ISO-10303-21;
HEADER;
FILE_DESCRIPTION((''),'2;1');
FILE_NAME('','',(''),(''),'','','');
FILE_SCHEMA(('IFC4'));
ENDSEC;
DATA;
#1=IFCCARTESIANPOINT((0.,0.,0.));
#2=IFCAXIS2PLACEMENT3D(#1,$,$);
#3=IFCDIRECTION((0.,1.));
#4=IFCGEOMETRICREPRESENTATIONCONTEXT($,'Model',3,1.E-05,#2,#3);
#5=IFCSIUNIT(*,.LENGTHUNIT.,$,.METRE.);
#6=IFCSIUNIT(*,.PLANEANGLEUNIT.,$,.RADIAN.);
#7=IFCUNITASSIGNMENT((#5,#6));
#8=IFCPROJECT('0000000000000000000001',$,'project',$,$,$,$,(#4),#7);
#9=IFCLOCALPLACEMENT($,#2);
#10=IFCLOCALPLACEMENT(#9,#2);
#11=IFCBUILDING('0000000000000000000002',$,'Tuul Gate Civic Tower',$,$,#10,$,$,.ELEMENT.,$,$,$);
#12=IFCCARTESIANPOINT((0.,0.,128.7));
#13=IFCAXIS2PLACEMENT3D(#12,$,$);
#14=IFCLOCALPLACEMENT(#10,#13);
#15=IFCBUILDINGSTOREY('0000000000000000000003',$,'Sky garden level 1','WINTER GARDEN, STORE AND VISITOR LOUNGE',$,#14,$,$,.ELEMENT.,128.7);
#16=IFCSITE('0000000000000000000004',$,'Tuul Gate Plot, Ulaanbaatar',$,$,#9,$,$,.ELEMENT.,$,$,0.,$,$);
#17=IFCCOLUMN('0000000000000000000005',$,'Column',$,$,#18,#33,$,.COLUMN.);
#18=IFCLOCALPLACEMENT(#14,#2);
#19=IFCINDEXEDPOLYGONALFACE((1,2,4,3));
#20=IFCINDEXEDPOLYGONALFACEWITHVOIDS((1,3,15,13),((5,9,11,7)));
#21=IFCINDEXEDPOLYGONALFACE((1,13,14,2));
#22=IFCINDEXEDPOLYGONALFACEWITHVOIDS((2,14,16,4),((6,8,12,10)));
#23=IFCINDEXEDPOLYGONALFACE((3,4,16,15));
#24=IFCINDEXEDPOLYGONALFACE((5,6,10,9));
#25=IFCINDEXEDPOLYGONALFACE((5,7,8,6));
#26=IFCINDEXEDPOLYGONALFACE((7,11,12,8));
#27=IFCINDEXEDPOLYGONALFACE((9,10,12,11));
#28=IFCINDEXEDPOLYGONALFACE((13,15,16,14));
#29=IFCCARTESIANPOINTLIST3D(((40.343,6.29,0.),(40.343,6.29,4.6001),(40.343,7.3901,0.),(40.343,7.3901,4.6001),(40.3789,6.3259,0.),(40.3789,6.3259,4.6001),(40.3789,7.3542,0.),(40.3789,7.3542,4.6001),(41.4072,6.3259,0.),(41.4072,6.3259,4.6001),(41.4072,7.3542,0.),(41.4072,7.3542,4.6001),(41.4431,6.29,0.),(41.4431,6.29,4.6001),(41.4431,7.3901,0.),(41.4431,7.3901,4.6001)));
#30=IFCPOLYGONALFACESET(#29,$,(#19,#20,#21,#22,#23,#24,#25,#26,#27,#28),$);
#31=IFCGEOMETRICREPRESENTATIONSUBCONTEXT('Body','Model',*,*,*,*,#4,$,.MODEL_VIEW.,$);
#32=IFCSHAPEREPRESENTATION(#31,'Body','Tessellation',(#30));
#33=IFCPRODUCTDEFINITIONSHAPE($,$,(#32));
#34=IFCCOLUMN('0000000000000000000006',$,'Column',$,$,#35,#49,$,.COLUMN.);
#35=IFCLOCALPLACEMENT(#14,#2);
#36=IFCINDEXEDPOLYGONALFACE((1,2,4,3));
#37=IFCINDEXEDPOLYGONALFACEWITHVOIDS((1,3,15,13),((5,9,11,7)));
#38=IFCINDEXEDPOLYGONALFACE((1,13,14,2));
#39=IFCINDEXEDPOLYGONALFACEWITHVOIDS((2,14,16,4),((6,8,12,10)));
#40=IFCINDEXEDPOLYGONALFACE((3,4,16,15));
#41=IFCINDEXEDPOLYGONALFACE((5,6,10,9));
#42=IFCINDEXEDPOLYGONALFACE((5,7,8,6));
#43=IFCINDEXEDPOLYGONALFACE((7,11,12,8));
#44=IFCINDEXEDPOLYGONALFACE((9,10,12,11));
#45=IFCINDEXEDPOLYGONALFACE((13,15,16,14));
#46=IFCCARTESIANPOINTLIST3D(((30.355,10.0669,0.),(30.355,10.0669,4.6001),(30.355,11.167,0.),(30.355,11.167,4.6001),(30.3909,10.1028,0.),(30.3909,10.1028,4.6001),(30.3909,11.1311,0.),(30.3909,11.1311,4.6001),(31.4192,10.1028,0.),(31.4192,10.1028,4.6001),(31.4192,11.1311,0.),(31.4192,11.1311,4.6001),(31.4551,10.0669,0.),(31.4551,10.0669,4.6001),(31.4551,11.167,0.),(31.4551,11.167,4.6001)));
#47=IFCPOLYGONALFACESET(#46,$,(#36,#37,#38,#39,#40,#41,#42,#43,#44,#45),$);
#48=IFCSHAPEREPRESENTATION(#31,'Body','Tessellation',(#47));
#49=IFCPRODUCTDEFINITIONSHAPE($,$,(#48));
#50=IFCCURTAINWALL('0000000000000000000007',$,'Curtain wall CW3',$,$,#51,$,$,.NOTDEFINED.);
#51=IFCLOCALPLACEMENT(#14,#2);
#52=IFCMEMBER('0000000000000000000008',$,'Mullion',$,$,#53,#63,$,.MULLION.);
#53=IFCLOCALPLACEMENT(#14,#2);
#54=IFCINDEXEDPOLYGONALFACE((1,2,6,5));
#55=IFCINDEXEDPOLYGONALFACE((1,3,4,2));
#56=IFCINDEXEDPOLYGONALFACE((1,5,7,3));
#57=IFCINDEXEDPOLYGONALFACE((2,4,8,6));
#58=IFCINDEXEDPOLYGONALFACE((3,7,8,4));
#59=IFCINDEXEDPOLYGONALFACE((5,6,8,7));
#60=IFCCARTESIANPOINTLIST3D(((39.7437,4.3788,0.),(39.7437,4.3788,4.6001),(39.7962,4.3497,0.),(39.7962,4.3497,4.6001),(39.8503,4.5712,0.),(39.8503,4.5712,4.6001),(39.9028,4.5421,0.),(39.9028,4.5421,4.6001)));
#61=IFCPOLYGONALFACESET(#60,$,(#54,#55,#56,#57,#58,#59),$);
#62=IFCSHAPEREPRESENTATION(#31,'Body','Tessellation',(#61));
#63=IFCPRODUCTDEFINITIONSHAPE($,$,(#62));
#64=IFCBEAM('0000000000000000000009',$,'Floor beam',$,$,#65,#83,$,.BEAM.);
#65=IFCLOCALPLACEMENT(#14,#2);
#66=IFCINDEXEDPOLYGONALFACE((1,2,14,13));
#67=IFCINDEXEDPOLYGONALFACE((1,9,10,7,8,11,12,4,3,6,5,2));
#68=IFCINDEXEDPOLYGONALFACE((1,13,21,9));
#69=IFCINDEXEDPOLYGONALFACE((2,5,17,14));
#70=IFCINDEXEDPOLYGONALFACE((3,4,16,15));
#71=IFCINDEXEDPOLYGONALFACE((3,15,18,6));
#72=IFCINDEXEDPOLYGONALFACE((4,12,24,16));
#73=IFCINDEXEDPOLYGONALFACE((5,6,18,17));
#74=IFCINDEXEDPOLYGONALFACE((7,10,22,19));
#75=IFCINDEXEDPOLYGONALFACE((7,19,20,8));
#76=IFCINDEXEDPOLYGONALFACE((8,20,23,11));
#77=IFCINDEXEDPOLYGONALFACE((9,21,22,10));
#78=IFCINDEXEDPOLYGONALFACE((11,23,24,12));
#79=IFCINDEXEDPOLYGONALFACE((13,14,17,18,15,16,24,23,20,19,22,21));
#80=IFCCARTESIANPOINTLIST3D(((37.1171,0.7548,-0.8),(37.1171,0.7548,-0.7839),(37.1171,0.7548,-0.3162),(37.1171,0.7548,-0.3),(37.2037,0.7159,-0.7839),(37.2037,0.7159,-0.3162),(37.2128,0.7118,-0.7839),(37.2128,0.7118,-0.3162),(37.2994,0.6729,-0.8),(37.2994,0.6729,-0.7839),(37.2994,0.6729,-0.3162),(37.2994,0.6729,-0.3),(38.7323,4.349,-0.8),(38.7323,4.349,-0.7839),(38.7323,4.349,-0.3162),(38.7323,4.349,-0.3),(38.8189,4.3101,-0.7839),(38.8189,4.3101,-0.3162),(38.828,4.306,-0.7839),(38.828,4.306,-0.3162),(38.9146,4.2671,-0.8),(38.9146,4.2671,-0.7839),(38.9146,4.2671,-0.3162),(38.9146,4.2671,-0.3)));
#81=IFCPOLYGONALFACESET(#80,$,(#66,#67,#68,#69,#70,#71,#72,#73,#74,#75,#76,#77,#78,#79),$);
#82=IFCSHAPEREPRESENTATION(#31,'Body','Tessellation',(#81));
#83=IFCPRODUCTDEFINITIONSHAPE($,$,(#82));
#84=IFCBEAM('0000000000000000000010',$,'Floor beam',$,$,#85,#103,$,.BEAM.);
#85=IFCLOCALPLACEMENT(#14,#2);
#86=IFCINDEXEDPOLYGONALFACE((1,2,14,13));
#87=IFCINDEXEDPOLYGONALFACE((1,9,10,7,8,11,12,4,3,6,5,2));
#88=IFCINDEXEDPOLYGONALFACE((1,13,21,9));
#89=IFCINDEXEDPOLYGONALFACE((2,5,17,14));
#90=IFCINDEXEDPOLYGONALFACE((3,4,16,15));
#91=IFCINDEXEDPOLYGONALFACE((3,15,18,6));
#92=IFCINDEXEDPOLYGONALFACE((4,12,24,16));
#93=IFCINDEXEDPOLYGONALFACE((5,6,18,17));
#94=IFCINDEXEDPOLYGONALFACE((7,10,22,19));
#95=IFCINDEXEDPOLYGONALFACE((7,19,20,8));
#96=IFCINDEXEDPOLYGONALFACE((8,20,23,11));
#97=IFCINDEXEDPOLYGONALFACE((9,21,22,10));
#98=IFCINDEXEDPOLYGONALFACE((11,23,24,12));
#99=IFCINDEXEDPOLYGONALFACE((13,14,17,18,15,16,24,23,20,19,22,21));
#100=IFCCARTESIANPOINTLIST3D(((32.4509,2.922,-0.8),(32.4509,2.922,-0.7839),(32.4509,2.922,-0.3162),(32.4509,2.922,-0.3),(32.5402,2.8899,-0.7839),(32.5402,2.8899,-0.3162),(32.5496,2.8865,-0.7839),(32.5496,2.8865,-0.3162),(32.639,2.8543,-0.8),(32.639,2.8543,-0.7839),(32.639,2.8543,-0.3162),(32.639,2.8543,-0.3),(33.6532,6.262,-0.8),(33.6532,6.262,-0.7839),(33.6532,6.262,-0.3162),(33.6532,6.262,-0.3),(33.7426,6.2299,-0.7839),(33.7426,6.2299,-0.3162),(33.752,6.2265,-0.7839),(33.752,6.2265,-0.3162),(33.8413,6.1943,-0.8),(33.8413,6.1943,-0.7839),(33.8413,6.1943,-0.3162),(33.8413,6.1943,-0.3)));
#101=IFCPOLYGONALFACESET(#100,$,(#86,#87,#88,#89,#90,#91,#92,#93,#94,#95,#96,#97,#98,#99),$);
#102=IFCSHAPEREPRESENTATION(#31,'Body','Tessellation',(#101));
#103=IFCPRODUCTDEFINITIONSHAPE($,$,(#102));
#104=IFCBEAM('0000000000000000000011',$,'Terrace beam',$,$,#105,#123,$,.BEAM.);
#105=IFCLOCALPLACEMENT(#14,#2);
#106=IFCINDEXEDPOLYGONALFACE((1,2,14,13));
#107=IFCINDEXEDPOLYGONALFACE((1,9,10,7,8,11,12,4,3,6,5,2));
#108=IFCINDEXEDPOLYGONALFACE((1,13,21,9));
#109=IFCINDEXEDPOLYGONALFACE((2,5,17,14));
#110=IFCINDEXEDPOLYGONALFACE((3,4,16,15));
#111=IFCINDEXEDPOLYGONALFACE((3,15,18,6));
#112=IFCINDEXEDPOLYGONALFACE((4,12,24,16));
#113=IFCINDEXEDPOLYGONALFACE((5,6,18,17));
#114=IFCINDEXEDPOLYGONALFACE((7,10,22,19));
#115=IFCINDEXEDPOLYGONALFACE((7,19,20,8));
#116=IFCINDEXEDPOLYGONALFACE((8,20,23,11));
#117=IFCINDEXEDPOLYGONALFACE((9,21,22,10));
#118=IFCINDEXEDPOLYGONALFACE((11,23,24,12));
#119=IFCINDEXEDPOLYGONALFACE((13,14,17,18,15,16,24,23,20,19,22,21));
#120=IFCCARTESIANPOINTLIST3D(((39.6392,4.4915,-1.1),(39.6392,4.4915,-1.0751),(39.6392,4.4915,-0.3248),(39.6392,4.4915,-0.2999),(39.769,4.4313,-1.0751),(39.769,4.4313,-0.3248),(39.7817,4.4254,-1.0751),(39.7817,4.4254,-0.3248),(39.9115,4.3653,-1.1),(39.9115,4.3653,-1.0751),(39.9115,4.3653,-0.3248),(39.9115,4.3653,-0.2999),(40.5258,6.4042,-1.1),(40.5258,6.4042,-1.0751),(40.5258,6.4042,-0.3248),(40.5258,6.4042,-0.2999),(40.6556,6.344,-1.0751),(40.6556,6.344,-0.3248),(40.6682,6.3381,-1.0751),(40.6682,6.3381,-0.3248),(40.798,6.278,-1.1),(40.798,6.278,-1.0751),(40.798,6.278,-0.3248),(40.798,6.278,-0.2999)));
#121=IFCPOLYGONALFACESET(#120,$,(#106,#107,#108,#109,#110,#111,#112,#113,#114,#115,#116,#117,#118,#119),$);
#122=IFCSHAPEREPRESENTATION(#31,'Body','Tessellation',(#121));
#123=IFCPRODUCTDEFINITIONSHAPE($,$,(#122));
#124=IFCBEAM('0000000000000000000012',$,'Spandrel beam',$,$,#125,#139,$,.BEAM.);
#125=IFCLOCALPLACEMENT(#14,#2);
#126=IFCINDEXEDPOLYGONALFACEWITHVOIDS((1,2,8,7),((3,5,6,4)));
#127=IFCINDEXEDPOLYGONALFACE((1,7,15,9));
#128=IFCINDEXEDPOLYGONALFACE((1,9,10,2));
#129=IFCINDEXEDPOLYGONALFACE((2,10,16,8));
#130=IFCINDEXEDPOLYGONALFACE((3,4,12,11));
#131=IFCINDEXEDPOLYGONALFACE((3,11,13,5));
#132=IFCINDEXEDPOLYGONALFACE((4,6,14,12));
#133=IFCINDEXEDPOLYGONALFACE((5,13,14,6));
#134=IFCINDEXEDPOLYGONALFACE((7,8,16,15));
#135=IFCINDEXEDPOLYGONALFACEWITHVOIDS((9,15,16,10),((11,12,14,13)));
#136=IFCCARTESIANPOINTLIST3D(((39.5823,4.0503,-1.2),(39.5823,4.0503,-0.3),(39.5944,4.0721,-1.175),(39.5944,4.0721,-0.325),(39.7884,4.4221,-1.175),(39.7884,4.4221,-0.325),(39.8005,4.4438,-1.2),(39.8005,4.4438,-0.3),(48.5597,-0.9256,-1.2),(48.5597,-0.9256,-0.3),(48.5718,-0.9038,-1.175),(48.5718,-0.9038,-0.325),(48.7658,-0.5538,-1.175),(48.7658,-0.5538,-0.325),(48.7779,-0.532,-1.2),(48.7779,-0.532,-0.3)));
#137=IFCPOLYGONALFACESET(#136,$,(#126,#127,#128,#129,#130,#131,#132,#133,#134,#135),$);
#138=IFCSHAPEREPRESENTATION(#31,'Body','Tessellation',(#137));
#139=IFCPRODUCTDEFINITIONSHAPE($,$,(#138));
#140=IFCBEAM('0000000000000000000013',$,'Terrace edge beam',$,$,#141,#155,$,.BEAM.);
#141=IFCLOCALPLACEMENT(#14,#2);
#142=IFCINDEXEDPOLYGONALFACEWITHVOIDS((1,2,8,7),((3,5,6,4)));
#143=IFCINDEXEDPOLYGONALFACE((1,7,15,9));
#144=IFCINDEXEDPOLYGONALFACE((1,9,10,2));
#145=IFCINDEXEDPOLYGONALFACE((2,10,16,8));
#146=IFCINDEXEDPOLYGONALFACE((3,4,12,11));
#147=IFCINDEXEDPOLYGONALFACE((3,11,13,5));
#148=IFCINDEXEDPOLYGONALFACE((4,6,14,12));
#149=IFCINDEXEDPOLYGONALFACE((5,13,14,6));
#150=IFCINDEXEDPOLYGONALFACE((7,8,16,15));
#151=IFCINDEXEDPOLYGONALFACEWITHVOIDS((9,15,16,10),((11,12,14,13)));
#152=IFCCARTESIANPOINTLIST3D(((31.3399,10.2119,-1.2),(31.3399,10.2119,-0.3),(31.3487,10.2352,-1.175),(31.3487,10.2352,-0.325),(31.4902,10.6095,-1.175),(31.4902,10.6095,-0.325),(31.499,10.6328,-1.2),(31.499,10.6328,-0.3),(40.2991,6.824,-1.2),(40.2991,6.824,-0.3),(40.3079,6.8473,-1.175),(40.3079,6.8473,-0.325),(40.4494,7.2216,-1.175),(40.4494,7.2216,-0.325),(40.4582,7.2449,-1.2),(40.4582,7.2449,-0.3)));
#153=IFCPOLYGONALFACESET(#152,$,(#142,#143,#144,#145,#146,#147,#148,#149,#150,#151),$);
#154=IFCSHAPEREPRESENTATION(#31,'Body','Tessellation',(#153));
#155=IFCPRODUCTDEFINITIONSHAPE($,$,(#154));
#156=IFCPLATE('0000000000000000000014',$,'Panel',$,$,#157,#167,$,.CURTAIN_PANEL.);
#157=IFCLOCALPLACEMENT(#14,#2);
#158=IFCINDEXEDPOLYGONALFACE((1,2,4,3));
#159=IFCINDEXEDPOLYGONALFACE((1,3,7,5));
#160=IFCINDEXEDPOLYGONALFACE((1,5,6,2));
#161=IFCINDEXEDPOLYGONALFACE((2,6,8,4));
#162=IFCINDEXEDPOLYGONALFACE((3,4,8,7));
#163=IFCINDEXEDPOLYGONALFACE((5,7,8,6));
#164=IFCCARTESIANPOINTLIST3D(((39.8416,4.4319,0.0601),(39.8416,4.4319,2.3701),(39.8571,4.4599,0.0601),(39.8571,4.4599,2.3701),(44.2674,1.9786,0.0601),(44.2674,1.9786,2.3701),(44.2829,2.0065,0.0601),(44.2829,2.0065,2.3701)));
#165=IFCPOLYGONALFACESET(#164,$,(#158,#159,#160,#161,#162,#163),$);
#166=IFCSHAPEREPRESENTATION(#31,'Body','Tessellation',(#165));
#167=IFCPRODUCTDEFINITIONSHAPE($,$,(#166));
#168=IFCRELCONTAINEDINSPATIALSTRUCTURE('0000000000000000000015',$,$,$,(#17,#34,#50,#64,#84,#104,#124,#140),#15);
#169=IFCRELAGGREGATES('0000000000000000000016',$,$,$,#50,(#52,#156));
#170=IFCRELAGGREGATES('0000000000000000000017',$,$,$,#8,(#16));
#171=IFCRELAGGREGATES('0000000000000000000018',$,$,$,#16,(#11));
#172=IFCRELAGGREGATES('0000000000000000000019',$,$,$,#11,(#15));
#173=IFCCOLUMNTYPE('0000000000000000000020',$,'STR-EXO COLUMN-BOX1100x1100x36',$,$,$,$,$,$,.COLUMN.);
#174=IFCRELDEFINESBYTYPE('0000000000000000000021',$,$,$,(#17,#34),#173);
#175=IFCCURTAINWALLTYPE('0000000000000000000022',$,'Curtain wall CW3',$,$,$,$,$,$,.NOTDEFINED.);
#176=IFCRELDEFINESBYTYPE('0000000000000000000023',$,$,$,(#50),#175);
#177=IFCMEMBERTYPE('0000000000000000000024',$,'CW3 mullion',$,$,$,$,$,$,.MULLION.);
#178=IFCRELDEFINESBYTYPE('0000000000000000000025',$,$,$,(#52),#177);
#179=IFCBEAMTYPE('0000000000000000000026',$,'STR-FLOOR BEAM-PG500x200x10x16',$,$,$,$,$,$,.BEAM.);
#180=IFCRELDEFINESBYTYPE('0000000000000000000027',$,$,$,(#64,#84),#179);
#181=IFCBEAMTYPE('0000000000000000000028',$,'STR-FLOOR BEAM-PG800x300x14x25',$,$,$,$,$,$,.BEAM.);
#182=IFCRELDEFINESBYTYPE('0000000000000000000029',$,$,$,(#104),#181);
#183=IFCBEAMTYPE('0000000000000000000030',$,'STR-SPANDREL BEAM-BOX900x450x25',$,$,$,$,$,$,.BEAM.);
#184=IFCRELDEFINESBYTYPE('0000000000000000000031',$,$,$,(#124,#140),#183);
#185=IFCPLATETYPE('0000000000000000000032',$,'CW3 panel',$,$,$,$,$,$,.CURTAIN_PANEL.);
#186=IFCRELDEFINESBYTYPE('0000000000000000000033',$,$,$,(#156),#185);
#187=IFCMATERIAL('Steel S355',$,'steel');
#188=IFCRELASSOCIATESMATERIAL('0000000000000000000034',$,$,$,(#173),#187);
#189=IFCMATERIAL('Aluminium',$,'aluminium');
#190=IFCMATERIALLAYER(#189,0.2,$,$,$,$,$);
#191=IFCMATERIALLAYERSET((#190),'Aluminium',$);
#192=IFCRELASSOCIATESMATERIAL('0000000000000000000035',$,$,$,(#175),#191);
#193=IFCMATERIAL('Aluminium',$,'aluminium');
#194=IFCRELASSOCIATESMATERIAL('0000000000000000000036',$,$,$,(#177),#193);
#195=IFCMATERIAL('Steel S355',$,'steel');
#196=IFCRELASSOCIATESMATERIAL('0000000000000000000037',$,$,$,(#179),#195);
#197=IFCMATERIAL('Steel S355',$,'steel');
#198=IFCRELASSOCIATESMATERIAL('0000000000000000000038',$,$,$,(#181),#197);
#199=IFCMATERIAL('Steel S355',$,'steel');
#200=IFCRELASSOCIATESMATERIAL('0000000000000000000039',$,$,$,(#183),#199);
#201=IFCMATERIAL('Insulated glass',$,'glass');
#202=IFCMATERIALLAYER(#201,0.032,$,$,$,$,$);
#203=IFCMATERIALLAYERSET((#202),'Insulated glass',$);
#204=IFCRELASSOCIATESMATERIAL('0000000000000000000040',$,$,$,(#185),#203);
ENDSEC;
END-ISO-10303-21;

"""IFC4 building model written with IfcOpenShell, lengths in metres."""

from ifc_helpers import new_model, si_unit, direction, frame, origin, origin_2d, place, context, subcontext, project, spatial, rectangle, hollow_rectangle, i_section, extrude, material, layer, layer_set, material_profile, profile_set, type_object, element, aggregate, save


model = new_model("IFC4")

# Units and contexts
model_context = context("Model", 3, precision=1e-05, world=origin(), true_north=direction((0.0, 1.0)))
body_context = subcontext(model_context, "Body", "Model", "MODEL_VIEW")
ifc_project = project(units=[si_unit("LENGTHUNIT", "METRE"), si_unit("PLANEANGLEUNIT", "RADIAN")], contexts=[model_context])

# Site, building, storey
site_placement = place(None, origin())
site = spatial("IfcSite", under=ifc_project, at=site_placement, Name="Tuul Gate Plot, Ulaanbaatar", CompositionType="ELEMENT", RefElevation=0.0)
building_placement = place(site_placement, origin())
building = spatial("IfcBuilding", under=site, at=building_placement, Name="Tuul Gate Civic Tower", CompositionType="ELEMENT")
storey_placement = place(building_placement, frame((0.0, 0.0, 128.7)))
storey = spatial("IfcBuildingStorey", under=building, at=storey_placement, Name="Sky garden level 1", Description="WINTER GARDEN, STORE AND VISITOR LOUNGE", CompositionType="ELEMENT", Elevation=128.7)

# Columns
ifc_material_1 = material(Name="Steel S355", Category="steel")
ifc_material_profile_1 = material_profile(ifc_material_1, hollow_rectangle(XDim=1.1001, YDim=1.1001, WallThickness=0.0359, at=origin_2d()), Name="BOX1100x1100x36")
ifc_profile_set_1 = profile_set([ifc_material_profile_1], Name="Steel S355")
column_type = type_object("IfcColumnType", Name="STR-EXO COLUMN-BOX1100x1100x36", PredefinedType="COLUMN", material=ifc_profile_set_1)
for number, where, z_axis, x_axis, name in (
    (1, (40.8931, 6.8401, 0.0), (0.0, 0.0, 1.0), (1.0, 0.0, 0.0), "Column"),
    (2, (30.905, 10.6169, 0.0), (0.0, 0.0, 1.0), (1.0, 0.0, 0.0), "Column"),
):
    element("IfcColumn", number, at=place(storey_placement, frame(where, z_axis=z_axis, x_axis=x_axis)), inside=storey, type_object=column_type, Name=name, PredefinedType="COLUMN", context=body_context, shape_type="SweptSolid", body=[
        extrude(hollow_rectangle(XDim=1.1001, YDim=1.1001, WallThickness=0.0359, at=origin_2d()), origin(), (0.0, 0.0, 1.0), 4.6001),
    ])

# Curtain wall, member
ifc_material_2 = material(Name="Aluminium", Category="aluminium")
ifc_layer_1 = layer(ifc_material_2, 0.2)
ifc_layer_set_1 = layer_set([ifc_layer_1], Name="Aluminium")
curtain_wall_type = type_object("IfcCurtainWallType", Name="Curtain wall CW3", PredefinedType="NOTDEFINED", material=ifc_layer_set_1)
curtain_wall_placement = place(storey_placement, origin())
curtain_wall = element("IfcCurtainWall", 3, at=curtain_wall_placement, inside=storey, type_object=curtain_wall_type, Name="Curtain wall CW3", PredefinedType="NOTDEFINED")
ifc_material_3 = material(Name="Aluminium", Category="aluminium")
ifc_material_profile_2 = material_profile(ifc_material_3, rectangle(XDim=0.22, YDim=0.0601, at=origin_2d()), Name="CW3 mullion")
ifc_profile_set_2 = profile_set([ifc_material_profile_2], Name="Aluminium")
member_type = type_object("IfcMemberType", Name="CW3 mullion", PredefinedType="MULLION", material=ifc_profile_set_2)
member_placement = place(storey_placement, frame((39.8232, 4.4604, 0.0), z_axis=(0.0, 0.0, 1.0), x_axis=(-0.484827, -0.87461, 0.0)))
member = element("IfcMember", 4, at=member_placement, type_object=member_type, Name="Mullion", PredefinedType="MULLION", context=body_context, shape_type="SweptSolid", body=[
    extrude(rectangle(XDim=0.22, YDim=0.0601, at=origin_2d()), origin(), (0.0, 0.0, 1.0), 4.6001),
])

# Beams
ifc_material_4 = material(Name="Steel S355", Category="steel")
ifc_material_profile_3 = material_profile(ifc_material_4, i_section(OverallWidth=0.2, OverallDepth=0.5, WebThickness=0.01, FlangeThickness=0.0161, at=origin_2d()), Name="PG500x200x10x16")
ifc_profile_set_3 = profile_set([ifc_material_profile_3], Name="Steel S355")
beam_type_1 = type_object("IfcBeamType", Name="STR-FLOOR BEAM-PG500x200x10x16", PredefinedType="BEAM", material=ifc_profile_set_3)
beam_1_placement = place(storey_placement, frame((37.2083, 0.7139, -0.55), z_axis=(0.409906, 0.912128, 0.0), x_axis=(-0.912128, 0.409906, 0.0)))
element("IfcBeam", 5, at=beam_1_placement, inside=storey, type_object=beam_type_1, Name="Floor beam", PredefinedType="BEAM", context=body_context, shape_type="SweptSolid", body=[
    extrude(i_section(OverallWidth=0.2, OverallDepth=0.5, WebThickness=0.01, FlangeThickness=0.0161, at=origin_2d()), origin(), (0.0, 0.0, 1.0), 3.9404),
])
beam_2_placement = place(storey_placement, frame((32.5449, 2.8882, -0.55), z_axis=(0.33871, 0.940891, 0.0), x_axis=(-0.940891, 0.33871, 0.0)))
element("IfcBeam", 6, at=beam_2_placement, inside=storey, type_object=beam_type_1, Name="Floor beam", PredefinedType="BEAM", context=body_context, shape_type="SweptSolid", body=[
    extrude(i_section(OverallWidth=0.2, OverallDepth=0.5, WebThickness=0.01, FlangeThickness=0.0161, at=origin_2d()), origin(), (0.0, 0.0, 1.0), 3.5498),
])
ifc_material_5 = material(Name="Steel S355", Category="steel")
ifc_material_profile_4 = material_profile(ifc_material_5, i_section(OverallWidth=0.3, OverallDepth=0.8, WebThickness=0.0139, FlangeThickness=0.0249, at=origin_2d()), Name="PG800x300x14x25")
ifc_profile_set_4 = profile_set([ifc_material_profile_4], Name="Steel S355")
beam_type_2 = type_object("IfcBeamType", Name="STR-FLOOR BEAM-PG800x300x14x25", PredefinedType="BEAM", material=ifc_profile_set_4)
beam_3_placement = place(storey_placement, frame((40.6619, 6.3411, -0.7), z_axis=(-0.420519, -0.907284, 0.0), x_axis=(0.907284, -0.420519, 0.0)))
element("IfcBeam", 7, at=beam_3_placement, inside=storey, type_object=beam_type_2, Name="Terrace beam", PredefinedType="BEAM", context=body_context, shape_type="SweptSolid", body=[
    extrude(i_section(OverallWidth=0.3, OverallDepth=0.8, WebThickness=0.0139, FlangeThickness=0.0249, at=origin_2d()), origin(), (0.0, 0.0, 1.0), 2.1082),
])
ifc_material_6 = material(Name="Steel S355", Category="steel")
ifc_material_profile_5 = material_profile(ifc_material_6, hollow_rectangle(XDim=0.45, YDim=0.8999, WallThickness=0.0249, at=origin_2d()), Name="BOX900x450x25")
ifc_profile_set_5 = profile_set([ifc_material_profile_5], Name="Steel S355")
beam_type_3 = type_object("IfcBeamType", Name="STR-SPANDREL BEAM-BOX900x450x25", PredefinedType="BEAM", material=ifc_profile_set_5)
beam_4_placement = place(storey_placement, frame((39.6914, 4.2471, -0.75), z_axis=(0.874635, -0.484782, 0.0), x_axis=(0.484782, 0.874635, 0.0)))
element("IfcBeam", 8, at=beam_4_placement, inside=storey, type_object=beam_type_3, Name="Spandrel beam", PredefinedType="BEAM", context=body_context, shape_type="SweptSolid", body=[
    extrude(hollow_rectangle(XDim=0.45, YDim=0.8999, WallThickness=0.0249, at=origin_2d()), origin(), (0.0, 0.0, 1.0), 10.2642),
])
beam_5_placement = place(storey_placement, frame((40.3787, 7.0344, -0.75), z_axis=(-0.935357, 0.353706, 0.0), x_axis=(-0.353706, -0.935357, 0.0)))
element("IfcBeam", 9, at=beam_5_placement, inside=storey, type_object=beam_type_3, Name="Terrace edge beam", PredefinedType="BEAM", context=body_context, shape_type="SweptSolid", body=[
    extrude(hollow_rectangle(XDim=0.45, YDim=0.8999, WallThickness=0.0249, at=origin_2d()), origin(), (0.0, 0.0, 1.0), 9.5784),
])

# Plate
ifc_material_7 = material(Name="Insulated glass", Category="glass")
ifc_layer_2 = layer(ifc_material_7, 0.032)
ifc_layer_set_2 = layer_set([ifc_layer_2], Name="Insulated glass")
plate_type = type_object("IfcPlateType", Name="CW3 panel", PredefinedType="CURTAIN_PANEL", material=ifc_layer_set_2)
plate_placement = place(storey_placement, frame((42.0623, 3.2192, 0.0601), z_axis=(0.0, 0.0, 1.0), x_axis=(-0.87461, 0.484827, 0.0)))
plate = element("IfcPlate", 10, at=plate_placement, type_object=plate_type, Name="Panel", PredefinedType="CURTAIN_PANEL", context=body_context, shape_type="SweptSolid", body=[
    extrude(rectangle(XDim=5.0603, YDim=0.032, at=origin_2d()), origin(), (0.0, 0.0, 1.0), 2.3101),
])
aggregate(curtain_wall, [member, plate])

save(model, "model.ifc")
